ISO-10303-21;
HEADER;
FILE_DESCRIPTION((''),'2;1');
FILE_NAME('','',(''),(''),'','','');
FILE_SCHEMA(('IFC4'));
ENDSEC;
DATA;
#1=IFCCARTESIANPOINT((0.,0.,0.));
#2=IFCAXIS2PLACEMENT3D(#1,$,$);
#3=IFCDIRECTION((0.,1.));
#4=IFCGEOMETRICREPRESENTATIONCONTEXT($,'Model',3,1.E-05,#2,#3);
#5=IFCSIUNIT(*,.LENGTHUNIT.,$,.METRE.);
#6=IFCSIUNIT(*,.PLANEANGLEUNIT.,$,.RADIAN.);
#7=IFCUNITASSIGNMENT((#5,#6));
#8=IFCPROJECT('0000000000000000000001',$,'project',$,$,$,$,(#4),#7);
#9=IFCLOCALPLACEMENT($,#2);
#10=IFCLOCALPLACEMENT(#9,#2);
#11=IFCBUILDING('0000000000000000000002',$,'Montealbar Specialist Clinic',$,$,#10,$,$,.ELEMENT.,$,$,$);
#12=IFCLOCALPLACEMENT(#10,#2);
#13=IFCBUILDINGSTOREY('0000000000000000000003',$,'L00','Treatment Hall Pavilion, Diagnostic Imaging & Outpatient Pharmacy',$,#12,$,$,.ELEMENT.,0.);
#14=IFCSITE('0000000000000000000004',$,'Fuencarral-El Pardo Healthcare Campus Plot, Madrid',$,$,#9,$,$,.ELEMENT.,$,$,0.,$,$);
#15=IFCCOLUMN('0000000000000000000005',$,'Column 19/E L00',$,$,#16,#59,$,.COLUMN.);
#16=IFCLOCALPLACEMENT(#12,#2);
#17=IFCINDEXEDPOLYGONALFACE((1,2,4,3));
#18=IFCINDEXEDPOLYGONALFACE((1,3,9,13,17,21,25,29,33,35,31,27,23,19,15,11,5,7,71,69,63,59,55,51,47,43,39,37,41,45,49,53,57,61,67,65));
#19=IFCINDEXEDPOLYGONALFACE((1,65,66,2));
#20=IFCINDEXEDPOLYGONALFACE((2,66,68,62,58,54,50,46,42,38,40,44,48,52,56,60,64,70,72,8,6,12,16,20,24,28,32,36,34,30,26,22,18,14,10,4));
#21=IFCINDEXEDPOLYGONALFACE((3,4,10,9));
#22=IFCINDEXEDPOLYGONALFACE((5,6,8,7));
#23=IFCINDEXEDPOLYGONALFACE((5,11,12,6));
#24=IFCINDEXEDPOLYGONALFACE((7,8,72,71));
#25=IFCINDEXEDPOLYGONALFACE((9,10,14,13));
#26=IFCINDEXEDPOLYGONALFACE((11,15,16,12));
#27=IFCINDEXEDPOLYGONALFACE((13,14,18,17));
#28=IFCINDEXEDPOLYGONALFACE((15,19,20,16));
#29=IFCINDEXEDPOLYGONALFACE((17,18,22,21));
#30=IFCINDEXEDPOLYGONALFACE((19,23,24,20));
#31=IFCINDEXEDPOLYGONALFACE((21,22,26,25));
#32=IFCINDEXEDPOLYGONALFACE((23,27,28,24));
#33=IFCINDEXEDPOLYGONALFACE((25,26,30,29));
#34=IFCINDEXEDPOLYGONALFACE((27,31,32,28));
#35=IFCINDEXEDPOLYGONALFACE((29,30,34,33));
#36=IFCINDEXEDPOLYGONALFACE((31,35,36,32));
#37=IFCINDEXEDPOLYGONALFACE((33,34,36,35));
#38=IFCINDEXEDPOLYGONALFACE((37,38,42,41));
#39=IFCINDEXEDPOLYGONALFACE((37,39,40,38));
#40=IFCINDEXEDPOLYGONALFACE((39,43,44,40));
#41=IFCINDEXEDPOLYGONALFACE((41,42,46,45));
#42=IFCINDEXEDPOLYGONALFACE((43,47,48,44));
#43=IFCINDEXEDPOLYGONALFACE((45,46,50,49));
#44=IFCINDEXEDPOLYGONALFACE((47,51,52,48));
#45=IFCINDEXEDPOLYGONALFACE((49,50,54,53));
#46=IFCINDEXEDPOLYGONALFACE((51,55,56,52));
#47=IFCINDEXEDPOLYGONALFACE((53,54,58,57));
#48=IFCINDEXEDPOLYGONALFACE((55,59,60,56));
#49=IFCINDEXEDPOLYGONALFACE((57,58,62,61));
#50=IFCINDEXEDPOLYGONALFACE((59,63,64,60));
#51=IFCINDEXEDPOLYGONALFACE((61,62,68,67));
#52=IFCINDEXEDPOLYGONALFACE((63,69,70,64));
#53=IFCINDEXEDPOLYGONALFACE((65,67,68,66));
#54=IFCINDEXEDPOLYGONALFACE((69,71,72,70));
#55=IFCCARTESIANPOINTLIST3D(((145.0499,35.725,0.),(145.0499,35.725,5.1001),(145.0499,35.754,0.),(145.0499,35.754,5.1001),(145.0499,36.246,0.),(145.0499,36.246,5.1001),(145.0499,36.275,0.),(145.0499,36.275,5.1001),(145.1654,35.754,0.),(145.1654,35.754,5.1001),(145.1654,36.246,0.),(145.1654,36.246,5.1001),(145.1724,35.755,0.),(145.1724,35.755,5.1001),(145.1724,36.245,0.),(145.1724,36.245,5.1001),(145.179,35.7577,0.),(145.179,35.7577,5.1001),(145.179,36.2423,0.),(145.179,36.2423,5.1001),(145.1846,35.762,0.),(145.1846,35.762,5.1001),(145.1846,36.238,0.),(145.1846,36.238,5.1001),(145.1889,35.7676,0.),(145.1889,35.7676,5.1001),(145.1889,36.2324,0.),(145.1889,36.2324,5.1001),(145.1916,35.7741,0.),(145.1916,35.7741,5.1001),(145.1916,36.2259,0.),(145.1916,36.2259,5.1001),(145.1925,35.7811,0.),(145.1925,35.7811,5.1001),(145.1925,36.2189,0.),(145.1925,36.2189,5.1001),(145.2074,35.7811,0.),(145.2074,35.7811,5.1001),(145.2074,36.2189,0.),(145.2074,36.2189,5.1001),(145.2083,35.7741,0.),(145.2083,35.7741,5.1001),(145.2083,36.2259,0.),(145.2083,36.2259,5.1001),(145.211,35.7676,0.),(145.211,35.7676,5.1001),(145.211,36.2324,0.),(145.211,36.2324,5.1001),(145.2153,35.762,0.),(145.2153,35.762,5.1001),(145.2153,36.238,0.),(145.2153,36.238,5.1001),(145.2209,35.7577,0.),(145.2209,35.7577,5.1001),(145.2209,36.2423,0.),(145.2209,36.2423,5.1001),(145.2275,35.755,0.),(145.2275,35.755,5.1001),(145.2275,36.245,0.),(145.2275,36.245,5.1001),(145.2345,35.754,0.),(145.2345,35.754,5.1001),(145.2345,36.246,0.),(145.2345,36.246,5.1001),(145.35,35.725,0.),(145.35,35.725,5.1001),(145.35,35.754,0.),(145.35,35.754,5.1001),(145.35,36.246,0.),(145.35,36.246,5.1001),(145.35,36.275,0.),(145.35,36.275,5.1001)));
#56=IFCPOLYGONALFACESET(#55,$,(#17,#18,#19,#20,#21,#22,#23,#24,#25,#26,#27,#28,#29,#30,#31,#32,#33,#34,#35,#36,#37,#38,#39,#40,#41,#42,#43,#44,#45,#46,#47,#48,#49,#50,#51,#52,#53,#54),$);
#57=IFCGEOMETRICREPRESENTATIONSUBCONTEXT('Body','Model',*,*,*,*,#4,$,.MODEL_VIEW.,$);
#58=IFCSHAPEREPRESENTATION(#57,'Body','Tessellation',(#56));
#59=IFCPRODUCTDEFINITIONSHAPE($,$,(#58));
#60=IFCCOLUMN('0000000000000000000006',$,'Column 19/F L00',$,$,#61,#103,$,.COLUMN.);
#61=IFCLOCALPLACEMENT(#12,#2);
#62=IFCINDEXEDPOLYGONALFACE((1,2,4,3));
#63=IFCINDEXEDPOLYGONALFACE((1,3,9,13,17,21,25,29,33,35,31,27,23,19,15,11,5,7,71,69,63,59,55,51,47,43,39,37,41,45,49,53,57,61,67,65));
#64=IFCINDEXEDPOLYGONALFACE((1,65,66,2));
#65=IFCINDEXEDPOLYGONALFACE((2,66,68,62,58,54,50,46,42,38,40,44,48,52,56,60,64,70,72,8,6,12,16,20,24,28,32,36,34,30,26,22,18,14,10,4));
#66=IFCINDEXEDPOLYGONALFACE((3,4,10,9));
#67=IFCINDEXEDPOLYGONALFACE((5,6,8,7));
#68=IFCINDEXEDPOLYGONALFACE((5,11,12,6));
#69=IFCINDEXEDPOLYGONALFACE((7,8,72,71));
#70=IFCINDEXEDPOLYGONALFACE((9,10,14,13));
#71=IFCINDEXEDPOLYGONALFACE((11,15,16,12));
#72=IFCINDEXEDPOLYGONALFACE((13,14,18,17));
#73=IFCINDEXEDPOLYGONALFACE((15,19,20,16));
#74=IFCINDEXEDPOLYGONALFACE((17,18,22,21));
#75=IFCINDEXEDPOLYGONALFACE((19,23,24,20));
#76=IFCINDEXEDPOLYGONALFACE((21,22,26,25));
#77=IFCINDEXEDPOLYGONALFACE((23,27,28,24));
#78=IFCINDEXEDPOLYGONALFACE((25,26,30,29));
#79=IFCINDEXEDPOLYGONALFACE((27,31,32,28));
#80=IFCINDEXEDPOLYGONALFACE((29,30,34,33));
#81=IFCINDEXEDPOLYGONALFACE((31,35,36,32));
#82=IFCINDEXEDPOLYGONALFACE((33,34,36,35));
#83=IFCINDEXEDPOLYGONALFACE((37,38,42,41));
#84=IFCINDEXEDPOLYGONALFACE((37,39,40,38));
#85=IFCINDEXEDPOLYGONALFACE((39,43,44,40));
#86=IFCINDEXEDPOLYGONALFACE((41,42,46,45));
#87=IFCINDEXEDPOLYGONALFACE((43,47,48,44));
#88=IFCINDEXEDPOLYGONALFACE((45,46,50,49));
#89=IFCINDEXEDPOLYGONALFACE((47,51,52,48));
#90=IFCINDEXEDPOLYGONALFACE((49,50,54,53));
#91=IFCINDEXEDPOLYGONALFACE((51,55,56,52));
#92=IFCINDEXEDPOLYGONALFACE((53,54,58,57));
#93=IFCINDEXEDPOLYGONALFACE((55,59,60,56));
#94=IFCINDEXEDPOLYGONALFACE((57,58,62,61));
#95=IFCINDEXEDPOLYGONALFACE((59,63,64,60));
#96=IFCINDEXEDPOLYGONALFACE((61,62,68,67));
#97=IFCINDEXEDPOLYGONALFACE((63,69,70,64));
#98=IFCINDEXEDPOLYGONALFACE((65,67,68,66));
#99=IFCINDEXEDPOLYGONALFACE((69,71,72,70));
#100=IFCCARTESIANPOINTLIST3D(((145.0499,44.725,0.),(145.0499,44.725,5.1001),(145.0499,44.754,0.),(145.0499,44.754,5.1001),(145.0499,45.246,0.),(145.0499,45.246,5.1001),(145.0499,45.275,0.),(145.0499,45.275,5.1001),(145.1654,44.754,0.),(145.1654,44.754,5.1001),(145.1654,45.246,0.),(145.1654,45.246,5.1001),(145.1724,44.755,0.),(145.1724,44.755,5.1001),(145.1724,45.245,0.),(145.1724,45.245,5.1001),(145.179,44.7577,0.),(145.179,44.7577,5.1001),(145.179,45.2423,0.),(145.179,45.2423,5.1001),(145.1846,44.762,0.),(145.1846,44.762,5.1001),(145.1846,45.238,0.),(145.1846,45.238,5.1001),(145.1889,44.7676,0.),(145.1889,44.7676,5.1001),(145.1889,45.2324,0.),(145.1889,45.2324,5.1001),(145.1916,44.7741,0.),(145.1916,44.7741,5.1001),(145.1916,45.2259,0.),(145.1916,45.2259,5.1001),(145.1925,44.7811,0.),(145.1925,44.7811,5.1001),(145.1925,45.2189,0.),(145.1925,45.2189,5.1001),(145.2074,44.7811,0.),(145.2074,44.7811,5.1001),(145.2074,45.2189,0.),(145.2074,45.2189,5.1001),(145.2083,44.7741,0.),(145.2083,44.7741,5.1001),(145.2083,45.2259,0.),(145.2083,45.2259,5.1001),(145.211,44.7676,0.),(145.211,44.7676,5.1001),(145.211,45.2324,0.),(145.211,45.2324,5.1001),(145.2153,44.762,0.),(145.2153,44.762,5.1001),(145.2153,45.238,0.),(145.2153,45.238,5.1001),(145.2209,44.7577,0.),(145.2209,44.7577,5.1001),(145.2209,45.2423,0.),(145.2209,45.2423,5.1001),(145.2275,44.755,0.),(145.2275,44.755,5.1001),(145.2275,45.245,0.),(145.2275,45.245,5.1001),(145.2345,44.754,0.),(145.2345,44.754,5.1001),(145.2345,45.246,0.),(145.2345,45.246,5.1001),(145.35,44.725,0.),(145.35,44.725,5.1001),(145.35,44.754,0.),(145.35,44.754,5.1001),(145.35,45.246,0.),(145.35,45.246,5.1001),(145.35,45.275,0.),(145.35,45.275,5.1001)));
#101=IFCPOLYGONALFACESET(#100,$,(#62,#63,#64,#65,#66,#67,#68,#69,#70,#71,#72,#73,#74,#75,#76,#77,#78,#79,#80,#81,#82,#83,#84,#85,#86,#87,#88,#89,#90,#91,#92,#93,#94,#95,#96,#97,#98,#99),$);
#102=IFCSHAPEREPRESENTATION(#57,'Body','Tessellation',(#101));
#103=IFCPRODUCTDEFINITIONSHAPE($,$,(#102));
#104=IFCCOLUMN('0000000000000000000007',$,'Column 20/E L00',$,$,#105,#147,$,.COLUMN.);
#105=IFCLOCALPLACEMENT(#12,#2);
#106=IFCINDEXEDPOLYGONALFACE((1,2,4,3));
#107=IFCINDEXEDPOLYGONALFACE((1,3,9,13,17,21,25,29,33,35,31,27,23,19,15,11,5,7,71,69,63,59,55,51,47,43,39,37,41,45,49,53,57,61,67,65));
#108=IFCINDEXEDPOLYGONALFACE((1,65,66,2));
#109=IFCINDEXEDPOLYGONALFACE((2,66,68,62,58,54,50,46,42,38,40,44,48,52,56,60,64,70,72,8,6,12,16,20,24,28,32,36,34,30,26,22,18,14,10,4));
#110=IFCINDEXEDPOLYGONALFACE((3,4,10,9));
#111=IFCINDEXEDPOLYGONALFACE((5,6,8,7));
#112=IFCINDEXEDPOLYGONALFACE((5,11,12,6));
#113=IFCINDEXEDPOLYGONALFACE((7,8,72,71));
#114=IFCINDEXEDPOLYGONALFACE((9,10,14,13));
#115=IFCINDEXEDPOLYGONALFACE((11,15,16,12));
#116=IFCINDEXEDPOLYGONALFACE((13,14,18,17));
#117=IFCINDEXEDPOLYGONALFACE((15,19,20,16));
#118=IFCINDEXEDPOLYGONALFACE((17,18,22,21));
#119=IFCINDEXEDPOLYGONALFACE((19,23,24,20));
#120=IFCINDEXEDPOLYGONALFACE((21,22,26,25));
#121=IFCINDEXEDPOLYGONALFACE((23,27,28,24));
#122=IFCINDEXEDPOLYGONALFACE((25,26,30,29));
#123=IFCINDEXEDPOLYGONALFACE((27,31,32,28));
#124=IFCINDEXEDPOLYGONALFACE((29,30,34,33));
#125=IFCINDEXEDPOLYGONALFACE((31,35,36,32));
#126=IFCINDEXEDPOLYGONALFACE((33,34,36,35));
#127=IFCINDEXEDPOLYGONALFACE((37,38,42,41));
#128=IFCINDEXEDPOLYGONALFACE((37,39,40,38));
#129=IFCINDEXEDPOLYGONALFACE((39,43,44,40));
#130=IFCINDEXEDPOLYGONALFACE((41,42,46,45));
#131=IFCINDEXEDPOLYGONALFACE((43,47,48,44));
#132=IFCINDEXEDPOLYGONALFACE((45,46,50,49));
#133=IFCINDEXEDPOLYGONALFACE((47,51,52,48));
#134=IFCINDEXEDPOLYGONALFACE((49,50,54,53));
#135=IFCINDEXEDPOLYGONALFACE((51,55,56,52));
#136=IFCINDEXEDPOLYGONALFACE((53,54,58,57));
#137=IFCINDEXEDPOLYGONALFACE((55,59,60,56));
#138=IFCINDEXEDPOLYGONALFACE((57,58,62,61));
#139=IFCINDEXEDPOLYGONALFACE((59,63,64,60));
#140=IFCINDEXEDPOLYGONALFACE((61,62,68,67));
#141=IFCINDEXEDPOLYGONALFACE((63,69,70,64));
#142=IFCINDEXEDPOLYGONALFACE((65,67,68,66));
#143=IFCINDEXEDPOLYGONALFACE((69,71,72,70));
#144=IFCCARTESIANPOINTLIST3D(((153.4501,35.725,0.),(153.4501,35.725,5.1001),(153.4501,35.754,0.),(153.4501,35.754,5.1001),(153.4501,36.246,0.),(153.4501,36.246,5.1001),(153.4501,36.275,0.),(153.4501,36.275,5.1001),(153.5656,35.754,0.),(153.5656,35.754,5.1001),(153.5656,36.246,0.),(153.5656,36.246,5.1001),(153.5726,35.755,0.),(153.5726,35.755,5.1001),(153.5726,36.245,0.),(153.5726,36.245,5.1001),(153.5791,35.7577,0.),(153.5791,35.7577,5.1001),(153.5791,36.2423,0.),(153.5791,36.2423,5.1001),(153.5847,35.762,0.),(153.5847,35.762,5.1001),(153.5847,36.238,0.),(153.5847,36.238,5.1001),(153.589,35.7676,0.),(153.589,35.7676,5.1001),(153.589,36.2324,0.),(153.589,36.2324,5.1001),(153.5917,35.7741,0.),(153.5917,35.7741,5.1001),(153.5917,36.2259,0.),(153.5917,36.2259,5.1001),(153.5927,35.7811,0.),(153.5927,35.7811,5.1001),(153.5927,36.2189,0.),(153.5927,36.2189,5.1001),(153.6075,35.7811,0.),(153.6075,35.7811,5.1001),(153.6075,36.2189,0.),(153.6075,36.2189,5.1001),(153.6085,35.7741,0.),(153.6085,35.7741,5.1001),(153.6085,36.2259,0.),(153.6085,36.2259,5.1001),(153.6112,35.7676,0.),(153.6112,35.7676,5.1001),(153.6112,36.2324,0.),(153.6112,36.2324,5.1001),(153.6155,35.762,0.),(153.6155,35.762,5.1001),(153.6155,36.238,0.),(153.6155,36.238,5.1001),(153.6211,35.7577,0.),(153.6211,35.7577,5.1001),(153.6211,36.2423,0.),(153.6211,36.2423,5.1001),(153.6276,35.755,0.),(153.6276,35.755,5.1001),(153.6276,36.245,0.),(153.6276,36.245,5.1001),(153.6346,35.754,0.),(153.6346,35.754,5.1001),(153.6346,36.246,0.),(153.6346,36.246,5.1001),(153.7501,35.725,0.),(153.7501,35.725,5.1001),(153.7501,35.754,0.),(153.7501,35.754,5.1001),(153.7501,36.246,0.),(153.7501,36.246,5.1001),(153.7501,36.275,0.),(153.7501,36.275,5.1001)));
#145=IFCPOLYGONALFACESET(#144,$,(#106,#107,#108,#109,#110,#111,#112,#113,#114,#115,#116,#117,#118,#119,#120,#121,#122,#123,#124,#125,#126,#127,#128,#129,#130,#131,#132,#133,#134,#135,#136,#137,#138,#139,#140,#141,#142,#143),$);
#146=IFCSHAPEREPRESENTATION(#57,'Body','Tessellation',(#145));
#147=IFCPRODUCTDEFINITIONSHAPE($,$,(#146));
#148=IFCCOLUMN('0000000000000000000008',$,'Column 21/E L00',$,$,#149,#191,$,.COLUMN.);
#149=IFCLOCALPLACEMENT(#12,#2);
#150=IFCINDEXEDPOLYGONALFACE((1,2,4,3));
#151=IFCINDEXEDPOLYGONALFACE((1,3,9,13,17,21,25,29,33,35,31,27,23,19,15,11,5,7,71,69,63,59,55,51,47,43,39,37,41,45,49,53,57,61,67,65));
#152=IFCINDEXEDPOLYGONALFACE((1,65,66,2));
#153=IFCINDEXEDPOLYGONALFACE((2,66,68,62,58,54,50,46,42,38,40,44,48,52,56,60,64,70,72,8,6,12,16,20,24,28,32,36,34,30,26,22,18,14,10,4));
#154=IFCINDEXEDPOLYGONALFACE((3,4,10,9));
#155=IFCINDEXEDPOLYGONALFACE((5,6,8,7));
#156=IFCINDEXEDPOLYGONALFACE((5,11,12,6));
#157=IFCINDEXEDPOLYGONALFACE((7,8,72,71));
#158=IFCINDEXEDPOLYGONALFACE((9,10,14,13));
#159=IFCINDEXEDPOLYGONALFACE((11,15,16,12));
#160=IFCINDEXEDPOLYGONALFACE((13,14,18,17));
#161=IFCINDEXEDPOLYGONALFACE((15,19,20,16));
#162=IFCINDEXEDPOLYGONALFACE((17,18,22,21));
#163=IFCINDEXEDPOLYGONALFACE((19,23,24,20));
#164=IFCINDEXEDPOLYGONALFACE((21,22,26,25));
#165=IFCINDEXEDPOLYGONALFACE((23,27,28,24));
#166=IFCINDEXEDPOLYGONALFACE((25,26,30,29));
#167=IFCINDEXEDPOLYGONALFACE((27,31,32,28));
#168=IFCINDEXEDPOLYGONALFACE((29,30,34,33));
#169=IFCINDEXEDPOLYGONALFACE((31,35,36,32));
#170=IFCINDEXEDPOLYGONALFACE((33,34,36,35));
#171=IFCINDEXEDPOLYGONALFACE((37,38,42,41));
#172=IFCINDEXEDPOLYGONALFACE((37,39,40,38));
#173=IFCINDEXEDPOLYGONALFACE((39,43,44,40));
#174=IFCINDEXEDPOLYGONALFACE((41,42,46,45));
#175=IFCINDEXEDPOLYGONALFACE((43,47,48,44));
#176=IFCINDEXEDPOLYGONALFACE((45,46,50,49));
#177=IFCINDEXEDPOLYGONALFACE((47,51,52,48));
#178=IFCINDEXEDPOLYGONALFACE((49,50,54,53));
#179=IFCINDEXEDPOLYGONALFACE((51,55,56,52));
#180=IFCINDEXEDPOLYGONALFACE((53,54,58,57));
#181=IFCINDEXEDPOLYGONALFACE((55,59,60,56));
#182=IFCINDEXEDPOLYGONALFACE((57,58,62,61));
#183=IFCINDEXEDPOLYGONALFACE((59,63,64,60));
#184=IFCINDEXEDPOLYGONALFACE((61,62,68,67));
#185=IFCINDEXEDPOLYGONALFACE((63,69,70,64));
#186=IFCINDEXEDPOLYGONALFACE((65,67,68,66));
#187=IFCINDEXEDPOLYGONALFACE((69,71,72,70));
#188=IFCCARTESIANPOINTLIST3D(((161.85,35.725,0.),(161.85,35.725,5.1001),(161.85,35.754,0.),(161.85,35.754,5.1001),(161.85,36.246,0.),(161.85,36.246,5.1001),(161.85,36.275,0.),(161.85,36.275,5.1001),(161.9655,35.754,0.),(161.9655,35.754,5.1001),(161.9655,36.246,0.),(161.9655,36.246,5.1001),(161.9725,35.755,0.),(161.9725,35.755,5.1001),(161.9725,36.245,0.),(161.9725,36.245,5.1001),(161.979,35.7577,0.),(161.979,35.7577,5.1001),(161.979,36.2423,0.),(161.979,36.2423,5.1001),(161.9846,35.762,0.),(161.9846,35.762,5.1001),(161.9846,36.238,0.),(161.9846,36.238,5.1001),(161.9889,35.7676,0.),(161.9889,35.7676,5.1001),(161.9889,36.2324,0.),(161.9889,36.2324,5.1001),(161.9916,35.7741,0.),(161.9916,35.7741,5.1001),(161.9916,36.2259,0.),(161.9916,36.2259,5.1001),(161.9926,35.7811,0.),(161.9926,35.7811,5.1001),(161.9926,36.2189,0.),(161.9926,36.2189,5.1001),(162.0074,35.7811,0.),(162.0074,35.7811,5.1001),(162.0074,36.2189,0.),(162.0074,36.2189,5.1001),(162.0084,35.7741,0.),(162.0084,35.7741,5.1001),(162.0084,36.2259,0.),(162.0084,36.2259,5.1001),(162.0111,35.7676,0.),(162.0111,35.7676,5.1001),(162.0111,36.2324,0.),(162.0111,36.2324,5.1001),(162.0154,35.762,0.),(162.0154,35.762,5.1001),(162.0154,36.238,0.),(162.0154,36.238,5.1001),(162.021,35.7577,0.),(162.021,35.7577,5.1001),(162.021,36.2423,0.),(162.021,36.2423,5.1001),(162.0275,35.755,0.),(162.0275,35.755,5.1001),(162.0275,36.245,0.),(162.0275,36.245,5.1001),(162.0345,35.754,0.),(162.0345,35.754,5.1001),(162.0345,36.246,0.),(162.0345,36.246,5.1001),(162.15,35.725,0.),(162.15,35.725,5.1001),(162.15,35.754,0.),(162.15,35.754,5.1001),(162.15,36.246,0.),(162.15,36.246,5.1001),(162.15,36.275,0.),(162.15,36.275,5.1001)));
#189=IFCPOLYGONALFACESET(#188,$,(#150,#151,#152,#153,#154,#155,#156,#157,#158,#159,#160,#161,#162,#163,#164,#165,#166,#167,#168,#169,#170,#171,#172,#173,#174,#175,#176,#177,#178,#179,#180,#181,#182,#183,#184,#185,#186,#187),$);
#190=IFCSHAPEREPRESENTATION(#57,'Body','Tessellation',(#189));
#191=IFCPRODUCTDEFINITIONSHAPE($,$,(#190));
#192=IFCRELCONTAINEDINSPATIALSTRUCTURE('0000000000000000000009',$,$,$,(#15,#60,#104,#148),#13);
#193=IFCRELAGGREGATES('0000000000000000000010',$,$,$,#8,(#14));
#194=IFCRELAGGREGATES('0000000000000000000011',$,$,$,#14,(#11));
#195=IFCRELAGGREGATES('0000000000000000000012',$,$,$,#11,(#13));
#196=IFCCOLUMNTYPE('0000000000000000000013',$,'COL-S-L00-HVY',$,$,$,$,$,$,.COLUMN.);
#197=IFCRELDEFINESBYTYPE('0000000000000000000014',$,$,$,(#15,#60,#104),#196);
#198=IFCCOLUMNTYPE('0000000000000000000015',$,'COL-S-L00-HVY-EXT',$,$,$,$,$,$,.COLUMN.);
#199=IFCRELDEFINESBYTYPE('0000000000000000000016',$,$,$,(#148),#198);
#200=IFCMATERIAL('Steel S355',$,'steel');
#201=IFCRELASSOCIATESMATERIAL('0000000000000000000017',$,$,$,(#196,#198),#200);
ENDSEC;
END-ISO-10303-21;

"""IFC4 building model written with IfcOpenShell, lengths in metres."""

from ifc_helpers import new_model, si_unit, direction, frame, origin, origin_2d, place, context, subcontext, project, spatial, i_section, extrude, material, material_profile, profile_set, type_object, element, save


model = new_model("IFC4")

# Units and contexts
model_context = context("Model", 3, precision=1e-05, world=origin(), true_north=direction((0.0, 1.0)))
body_context = subcontext(model_context, "Body", "Model", "MODEL_VIEW")
ifc_project = project(units=[si_unit("LENGTHUNIT", "METRE"), si_unit("PLANEANGLEUNIT", "RADIAN")], contexts=[model_context])

# Site, building, storey
site_placement = place(None, origin())
site = spatial("IfcSite", under=ifc_project, at=site_placement, Name="Fuencarral-El Pardo Healthcare Campus Plot, Madrid", CompositionType="ELEMENT", RefElevation=0.0)
building_placement = place(site_placement, origin())
building = spatial("IfcBuilding", under=site, at=building_placement, Name="Montealbar Specialist Clinic", CompositionType="ELEMENT")
storey_placement = place(building_placement, origin())
storey = spatial("IfcBuildingStorey", under=building, at=storey_placement, Name="L00", Description="Treatment Hall Pavilion, Diagnostic Imaging & Outpatient Pharmacy", CompositionType="ELEMENT", Elevation=0.0)

# Columns
ifc_material_1 = material(Name="Steel S355", Category="steel")
ifc_material_profile_1 = material_profile(ifc_material_1, i_section(OverallWidth=0.3, OverallDepth=0.55, WebThickness=0.0149, FlangeThickness=0.0291, FilletRadius=0.0271, at=origin_2d()), Name="HEB 550", Category="steel")
ifc_profile_set_1 = profile_set([ifc_material_profile_1], Name="Steel S355")
column_type_1 = type_object("IfcColumnType", Name="COL-S-L00-HVY", PredefinedType="COLUMN", material=ifc_profile_set_1)
for number, where, z_axis, x_axis, name in (
    (1, (145.2, 36.0, 0.0), (0.0, 0.0, 1.0), (1.0, 0.0, 0.0), "Column 19/E L00"),
    (2, (145.2, 45.0, 0.0), (0.0, 0.0, 1.0), (1.0, 0.0, 0.0), "Column 19/F L00"),
    (3, (153.6001, 36.0, 0.0), (0.0, 0.0, 1.0), (1.0, 0.0, 0.0), "Column 20/E L00"),
):
    element("IfcColumn", number, at=place(storey_placement, frame(where, z_axis=z_axis, x_axis=x_axis)), inside=storey, type_object=column_type_1, Name=name, PredefinedType="COLUMN", context=body_context, shape_type="SweptSolid", body=[
        extrude(i_section(OverallWidth=0.3, OverallDepth=0.55, WebThickness=0.0149, FlangeThickness=0.0291, FilletRadius=0.0271, at=origin_2d()), origin(), (0.0, 0.0, 1.0), 5.1001),
    ])
ifc_material_profile_2 = material_profile(ifc_material_1, i_section(OverallWidth=0.3, OverallDepth=0.55, WebThickness=0.0149, FlangeThickness=0.0291, FilletRadius=0.0271, at=origin_2d()), Name="HEB 550", Category="steel")
ifc_profile_set_2 = profile_set([ifc_material_profile_2], Name="Steel S355")
column_type_2 = type_object("IfcColumnType", Name="COL-S-L00-HVY-EXT", PredefinedType="COLUMN", material=ifc_profile_set_2)
column_1_placement = place(storey_placement, frame((162.0, 36.0, 0.0), z_axis=(0.0, 0.0, 1.0), x_axis=(1.0, 0.0, 0.0)))
element("IfcColumn", 4, at=column_1_placement, inside=storey, type_object=column_type_2, Name="Column 21/E L00", PredefinedType="COLUMN", context=body_context, shape_type="SweptSolid", body=[
    extrude(i_section(OverallWidth=0.3, OverallDepth=0.55, WebThickness=0.0149, FlangeThickness=0.0291, FilletRadius=0.0271, at=origin_2d()), origin(), (0.0, 0.0, 1.0), 5.1001),
])

save(model, "model.ifc")
